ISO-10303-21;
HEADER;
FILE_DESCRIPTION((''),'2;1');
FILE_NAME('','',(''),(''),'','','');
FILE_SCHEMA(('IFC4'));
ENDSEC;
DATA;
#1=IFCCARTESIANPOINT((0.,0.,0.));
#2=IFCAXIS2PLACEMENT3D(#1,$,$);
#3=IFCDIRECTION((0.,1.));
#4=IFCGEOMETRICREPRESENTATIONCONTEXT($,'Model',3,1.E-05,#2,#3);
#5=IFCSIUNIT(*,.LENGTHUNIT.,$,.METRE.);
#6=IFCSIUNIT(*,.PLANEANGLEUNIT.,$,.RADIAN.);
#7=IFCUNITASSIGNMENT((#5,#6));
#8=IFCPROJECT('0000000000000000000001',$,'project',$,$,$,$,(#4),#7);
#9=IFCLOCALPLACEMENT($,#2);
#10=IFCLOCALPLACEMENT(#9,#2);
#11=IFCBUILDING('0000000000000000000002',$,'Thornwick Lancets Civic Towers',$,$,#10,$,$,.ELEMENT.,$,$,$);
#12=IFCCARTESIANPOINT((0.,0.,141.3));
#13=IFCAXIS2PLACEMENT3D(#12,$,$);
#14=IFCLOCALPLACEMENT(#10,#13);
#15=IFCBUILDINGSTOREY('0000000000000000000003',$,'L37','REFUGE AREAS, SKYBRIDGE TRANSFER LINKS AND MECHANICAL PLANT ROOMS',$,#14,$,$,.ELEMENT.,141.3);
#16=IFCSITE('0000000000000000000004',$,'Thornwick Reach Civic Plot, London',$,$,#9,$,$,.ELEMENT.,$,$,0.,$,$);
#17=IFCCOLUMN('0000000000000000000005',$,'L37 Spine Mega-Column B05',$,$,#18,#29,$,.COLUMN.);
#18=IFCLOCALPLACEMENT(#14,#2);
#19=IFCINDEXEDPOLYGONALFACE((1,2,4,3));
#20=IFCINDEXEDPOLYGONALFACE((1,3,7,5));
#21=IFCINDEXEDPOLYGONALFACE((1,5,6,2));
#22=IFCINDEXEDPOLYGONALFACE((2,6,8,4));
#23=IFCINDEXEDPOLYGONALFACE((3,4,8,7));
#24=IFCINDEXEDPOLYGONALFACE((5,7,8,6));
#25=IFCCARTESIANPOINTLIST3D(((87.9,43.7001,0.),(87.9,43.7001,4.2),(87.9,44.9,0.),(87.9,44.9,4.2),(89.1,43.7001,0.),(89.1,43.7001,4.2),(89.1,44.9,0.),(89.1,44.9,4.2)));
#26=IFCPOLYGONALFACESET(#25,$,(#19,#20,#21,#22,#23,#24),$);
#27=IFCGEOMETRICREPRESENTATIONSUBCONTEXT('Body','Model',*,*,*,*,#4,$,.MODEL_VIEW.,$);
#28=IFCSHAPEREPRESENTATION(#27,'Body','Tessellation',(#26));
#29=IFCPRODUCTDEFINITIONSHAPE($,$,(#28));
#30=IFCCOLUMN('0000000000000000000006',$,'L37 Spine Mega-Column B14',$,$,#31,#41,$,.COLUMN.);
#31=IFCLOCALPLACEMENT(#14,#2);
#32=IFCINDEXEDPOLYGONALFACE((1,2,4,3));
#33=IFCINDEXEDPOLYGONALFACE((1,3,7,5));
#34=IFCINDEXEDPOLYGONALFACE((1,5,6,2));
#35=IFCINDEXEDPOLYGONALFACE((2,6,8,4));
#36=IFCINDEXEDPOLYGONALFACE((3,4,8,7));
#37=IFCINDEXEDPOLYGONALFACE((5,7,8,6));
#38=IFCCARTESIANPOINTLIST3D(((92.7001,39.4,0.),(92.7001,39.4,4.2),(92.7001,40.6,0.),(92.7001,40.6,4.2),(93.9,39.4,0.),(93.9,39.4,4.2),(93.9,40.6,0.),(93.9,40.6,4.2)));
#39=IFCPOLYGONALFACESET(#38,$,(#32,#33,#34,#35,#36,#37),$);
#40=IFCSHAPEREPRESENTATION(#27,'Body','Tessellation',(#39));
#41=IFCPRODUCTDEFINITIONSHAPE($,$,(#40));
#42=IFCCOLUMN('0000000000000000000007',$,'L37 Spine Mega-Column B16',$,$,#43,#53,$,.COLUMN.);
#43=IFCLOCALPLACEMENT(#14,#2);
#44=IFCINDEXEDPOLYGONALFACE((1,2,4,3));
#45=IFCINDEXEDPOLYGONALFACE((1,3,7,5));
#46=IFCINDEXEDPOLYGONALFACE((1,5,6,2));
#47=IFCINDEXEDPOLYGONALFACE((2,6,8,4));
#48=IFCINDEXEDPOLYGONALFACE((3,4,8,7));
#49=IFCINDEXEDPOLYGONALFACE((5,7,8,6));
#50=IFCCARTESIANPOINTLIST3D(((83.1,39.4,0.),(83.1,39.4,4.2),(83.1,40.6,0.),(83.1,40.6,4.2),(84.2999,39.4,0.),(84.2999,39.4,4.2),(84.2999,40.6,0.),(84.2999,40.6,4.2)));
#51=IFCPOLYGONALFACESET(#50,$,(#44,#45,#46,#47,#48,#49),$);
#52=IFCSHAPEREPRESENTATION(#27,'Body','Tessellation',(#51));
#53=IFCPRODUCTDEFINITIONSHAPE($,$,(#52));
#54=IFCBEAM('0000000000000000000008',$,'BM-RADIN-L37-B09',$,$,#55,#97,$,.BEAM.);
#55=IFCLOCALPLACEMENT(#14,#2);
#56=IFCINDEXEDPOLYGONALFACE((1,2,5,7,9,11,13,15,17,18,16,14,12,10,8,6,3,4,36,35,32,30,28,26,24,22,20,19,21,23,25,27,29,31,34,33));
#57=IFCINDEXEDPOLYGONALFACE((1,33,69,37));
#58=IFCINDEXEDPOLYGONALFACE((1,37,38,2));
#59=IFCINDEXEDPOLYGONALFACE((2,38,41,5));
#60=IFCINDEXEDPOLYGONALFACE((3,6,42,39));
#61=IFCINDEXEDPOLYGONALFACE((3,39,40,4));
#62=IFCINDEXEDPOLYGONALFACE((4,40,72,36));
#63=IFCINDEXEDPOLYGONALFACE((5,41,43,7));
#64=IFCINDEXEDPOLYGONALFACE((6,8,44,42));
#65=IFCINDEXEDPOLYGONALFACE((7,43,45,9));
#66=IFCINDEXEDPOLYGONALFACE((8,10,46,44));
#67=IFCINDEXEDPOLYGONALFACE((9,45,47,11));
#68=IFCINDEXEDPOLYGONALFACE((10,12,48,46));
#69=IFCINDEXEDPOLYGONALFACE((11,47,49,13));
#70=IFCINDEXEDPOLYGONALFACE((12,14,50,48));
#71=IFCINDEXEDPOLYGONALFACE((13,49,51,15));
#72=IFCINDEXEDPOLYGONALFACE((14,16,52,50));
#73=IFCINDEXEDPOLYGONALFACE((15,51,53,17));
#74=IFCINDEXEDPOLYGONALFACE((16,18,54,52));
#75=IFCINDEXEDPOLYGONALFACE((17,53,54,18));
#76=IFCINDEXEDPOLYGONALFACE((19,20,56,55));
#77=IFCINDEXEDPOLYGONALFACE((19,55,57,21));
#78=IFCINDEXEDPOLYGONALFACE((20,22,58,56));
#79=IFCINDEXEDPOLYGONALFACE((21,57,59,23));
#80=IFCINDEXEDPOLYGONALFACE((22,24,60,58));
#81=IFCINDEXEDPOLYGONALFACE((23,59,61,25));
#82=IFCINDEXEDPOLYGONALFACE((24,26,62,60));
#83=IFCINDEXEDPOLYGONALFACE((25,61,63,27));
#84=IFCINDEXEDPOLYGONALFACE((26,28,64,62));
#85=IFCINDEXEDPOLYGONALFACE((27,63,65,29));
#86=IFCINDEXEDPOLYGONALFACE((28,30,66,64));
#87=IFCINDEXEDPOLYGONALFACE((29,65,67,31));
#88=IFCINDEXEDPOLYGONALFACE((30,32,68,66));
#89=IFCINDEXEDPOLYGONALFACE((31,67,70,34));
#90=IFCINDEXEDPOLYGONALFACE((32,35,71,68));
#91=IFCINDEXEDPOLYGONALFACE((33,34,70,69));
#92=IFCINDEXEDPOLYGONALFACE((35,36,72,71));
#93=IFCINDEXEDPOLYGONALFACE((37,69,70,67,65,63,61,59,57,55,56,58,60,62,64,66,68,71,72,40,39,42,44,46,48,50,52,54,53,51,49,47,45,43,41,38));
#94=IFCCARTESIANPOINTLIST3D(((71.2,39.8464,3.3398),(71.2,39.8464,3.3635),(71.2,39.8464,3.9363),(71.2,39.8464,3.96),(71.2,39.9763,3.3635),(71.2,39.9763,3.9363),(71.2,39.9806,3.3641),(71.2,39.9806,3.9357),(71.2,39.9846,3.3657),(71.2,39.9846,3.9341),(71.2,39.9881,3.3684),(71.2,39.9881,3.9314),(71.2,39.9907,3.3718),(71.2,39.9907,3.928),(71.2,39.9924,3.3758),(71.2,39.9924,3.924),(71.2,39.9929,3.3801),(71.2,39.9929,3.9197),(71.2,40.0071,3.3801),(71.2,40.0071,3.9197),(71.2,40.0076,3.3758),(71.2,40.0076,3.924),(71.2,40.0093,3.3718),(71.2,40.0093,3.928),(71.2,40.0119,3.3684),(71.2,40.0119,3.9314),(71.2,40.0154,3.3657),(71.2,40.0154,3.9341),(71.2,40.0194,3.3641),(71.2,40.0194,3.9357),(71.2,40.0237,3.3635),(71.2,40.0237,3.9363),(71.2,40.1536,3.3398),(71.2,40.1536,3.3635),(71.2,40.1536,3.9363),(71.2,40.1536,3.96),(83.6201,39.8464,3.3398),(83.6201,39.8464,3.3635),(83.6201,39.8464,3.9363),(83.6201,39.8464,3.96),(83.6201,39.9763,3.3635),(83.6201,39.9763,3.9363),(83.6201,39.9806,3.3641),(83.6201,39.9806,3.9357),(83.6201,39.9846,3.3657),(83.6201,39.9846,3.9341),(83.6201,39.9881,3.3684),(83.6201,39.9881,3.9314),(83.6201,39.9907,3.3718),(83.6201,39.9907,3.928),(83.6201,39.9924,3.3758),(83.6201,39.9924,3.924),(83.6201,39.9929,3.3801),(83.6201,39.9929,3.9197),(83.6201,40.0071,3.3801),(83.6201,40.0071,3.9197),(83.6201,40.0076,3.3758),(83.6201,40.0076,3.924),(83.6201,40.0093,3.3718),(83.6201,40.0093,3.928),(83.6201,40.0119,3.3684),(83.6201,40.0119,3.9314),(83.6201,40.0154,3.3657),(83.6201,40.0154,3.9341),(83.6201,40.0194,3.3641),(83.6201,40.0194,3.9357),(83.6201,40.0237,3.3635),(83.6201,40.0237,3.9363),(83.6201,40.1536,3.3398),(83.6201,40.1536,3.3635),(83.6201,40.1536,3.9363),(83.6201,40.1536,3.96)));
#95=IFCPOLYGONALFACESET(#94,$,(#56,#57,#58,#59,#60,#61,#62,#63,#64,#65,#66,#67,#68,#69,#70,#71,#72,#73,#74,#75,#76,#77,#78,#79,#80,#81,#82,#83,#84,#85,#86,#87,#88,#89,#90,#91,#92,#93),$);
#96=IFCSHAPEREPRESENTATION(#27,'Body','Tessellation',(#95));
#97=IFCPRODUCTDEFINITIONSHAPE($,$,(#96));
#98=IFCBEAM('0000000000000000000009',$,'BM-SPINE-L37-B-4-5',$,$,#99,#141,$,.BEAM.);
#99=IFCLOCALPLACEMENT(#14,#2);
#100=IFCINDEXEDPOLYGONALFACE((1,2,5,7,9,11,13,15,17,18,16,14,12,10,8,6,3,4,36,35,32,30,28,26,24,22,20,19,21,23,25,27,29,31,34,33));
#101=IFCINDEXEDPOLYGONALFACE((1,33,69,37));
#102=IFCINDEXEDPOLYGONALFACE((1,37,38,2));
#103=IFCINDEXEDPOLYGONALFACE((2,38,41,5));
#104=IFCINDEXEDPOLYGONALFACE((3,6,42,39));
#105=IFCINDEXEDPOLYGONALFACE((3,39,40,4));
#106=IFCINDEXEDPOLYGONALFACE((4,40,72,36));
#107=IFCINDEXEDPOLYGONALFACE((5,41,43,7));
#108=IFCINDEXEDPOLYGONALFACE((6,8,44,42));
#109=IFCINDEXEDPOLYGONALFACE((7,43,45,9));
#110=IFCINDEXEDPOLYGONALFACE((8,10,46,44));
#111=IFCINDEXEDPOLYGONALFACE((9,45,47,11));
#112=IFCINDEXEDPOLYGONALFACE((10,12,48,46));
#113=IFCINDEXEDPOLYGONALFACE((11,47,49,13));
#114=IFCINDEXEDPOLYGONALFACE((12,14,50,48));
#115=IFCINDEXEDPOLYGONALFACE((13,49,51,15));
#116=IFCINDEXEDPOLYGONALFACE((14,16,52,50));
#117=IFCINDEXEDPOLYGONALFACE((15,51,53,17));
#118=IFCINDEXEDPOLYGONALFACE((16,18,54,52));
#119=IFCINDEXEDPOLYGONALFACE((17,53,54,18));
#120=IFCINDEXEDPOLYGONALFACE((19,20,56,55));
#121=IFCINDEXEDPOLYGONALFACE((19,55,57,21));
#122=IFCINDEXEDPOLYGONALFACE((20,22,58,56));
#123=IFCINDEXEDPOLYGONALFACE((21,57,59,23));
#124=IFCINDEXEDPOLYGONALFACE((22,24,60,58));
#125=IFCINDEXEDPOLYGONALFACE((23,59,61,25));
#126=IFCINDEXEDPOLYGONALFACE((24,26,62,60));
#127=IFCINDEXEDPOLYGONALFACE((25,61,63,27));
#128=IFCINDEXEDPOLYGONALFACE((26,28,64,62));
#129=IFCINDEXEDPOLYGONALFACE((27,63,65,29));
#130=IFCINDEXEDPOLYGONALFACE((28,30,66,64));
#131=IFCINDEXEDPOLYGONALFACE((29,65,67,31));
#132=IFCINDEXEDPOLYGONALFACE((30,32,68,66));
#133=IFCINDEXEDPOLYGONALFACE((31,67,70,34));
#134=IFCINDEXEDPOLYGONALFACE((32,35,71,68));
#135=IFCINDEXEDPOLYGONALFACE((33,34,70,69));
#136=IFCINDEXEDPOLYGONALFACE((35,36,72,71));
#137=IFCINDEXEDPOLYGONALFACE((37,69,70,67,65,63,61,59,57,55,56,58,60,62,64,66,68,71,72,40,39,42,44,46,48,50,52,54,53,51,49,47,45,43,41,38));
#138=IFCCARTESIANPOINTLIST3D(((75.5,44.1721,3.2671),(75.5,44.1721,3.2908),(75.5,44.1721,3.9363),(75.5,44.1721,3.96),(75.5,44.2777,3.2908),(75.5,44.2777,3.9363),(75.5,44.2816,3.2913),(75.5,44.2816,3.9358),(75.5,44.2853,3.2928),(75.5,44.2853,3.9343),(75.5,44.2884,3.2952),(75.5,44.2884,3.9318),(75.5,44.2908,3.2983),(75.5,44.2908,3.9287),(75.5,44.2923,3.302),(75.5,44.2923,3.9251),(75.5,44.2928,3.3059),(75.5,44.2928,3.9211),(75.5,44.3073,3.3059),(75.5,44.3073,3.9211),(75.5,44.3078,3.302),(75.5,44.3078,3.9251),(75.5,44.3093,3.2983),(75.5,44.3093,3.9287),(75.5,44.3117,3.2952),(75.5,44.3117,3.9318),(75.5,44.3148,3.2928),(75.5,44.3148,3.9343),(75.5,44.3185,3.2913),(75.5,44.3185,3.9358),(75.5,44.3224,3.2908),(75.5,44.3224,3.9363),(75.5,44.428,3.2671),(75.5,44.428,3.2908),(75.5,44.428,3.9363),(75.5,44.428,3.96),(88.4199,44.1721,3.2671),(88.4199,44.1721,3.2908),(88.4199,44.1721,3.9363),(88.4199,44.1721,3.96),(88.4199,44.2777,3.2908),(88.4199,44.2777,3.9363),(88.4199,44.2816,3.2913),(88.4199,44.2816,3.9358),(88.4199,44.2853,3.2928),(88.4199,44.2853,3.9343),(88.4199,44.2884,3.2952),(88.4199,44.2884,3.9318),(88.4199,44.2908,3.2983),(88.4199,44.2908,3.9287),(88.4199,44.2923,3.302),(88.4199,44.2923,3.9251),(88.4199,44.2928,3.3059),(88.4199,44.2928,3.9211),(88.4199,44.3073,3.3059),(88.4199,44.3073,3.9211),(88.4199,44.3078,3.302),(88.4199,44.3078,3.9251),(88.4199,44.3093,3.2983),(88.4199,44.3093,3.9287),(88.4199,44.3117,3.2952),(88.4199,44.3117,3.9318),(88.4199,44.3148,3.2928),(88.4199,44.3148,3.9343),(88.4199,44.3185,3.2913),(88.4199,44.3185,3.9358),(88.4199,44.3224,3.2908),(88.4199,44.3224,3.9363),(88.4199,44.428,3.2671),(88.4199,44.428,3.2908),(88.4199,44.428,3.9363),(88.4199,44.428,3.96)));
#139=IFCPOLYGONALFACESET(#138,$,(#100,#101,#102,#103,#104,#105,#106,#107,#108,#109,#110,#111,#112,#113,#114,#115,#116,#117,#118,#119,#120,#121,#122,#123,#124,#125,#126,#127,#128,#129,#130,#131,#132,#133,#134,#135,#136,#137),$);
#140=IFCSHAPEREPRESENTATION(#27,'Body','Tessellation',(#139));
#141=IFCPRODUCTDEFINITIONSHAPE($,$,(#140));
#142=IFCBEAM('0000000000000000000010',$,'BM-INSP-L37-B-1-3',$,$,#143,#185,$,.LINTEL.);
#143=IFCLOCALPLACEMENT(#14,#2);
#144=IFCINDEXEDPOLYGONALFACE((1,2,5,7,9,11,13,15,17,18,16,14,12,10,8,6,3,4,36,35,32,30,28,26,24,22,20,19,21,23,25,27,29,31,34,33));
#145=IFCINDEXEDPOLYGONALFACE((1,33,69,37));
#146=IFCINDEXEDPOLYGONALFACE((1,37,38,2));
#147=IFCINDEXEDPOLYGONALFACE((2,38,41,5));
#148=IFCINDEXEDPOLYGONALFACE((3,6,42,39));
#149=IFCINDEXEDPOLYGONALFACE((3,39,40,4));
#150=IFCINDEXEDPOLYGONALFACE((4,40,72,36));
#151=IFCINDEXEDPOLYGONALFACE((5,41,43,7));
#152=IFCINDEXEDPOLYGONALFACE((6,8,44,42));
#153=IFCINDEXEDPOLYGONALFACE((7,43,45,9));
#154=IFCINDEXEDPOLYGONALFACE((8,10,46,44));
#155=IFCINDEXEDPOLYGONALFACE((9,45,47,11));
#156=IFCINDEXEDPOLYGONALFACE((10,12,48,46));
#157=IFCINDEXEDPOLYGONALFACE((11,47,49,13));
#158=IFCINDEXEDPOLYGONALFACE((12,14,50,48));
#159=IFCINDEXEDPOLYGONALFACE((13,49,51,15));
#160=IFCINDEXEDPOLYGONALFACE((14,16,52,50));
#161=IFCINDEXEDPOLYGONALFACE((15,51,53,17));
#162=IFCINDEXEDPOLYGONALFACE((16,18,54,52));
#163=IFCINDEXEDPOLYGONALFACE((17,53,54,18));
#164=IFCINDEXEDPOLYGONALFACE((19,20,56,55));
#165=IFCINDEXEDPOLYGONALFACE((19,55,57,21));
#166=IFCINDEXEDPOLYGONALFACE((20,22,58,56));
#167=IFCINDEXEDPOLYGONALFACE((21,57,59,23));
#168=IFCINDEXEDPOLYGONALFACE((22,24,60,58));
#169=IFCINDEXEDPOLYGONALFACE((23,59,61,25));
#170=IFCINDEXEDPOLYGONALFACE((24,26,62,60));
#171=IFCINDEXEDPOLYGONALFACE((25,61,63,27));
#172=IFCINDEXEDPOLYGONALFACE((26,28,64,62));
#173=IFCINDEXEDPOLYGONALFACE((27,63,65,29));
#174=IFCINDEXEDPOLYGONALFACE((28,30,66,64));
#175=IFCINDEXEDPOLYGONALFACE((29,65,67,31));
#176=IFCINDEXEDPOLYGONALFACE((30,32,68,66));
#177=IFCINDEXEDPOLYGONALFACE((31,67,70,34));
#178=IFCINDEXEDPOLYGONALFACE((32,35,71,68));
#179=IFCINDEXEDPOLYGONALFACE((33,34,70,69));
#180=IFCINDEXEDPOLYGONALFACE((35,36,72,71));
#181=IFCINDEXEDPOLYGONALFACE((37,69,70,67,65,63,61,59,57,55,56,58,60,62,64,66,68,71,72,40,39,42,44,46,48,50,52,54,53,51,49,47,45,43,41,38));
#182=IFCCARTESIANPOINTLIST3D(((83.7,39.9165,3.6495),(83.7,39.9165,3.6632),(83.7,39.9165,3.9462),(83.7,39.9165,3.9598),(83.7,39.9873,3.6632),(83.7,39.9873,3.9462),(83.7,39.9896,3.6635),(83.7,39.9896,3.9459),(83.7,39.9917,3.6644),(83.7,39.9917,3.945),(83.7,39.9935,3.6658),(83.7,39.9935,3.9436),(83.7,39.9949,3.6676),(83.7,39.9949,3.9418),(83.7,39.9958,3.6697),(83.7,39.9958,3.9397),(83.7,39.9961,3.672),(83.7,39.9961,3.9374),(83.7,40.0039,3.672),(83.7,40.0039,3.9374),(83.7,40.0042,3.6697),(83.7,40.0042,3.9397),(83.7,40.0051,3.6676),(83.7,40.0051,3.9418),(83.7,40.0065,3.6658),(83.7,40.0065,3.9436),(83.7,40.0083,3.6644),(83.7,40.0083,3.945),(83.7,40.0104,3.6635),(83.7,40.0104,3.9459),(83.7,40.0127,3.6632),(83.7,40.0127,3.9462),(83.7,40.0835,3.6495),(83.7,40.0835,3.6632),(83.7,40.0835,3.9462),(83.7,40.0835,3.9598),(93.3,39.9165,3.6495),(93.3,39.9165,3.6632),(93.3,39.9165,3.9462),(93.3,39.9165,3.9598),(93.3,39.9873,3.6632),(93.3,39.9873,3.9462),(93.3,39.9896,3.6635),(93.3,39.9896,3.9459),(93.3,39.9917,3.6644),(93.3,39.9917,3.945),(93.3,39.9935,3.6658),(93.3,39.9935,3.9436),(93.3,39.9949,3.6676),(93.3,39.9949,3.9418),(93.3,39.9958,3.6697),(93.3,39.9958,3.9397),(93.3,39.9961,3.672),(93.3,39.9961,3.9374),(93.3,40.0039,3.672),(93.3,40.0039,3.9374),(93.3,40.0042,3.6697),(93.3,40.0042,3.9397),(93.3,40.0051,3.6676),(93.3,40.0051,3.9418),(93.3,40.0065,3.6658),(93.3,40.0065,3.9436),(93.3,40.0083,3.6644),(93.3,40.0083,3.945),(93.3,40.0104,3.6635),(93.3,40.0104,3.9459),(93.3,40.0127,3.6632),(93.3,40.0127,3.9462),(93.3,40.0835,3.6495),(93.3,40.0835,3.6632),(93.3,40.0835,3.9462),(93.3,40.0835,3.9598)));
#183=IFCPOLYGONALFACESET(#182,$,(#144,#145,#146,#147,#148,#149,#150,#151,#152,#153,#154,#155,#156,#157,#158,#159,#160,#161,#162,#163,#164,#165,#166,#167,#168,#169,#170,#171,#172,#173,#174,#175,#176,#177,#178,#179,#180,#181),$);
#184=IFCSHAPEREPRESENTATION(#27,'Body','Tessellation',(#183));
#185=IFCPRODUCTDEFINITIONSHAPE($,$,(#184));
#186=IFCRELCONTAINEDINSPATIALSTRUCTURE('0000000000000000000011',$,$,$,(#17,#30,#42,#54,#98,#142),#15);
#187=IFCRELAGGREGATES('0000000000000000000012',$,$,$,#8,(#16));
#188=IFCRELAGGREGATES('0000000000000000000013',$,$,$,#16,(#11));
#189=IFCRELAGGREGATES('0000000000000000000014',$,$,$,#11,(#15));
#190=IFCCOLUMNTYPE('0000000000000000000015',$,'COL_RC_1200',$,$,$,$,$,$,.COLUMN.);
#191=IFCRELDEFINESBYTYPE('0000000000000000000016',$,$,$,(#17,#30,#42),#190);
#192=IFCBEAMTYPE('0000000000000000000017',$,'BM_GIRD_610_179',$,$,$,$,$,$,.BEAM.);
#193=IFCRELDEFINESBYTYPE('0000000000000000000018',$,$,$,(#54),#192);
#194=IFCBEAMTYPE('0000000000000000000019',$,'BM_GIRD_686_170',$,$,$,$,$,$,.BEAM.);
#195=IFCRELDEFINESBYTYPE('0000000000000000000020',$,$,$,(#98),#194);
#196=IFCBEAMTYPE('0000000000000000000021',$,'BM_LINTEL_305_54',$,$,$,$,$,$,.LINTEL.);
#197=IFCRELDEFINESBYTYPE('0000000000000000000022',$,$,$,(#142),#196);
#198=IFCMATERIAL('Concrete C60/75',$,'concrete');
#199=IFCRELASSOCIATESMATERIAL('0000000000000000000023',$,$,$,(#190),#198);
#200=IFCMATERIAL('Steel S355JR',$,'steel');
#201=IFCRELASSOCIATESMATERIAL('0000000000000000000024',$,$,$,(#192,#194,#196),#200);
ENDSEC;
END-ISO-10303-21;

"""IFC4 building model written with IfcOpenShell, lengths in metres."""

from ifc_helpers import new_model, si_unit, direction, frame, origin, origin_2d, place, context, subcontext, project, spatial, rectangle, i_section, extrude, material, material_profile, profile_set, type_object, element, save


model = new_model("IFC4")

# Units and contexts
model_context = context("Model", 3, precision=1e-05, world=origin(), true_north=direction((0.0, 1.0)))
body_context = subcontext(model_context, "Body", "Model", "MODEL_VIEW")
ifc_project = project(units=[si_unit("LENGTHUNIT", "METRE"), si_unit("PLANEANGLEUNIT", "RADIAN")], contexts=[model_context])

# Site, building, storey
site_placement = place(None, origin())
site = spatial("IfcSite", under=ifc_project, at=site_placement, Name="Thornwick Reach Civic Plot, London", CompositionType="ELEMENT", RefElevation=0.0)
building_placement = place(site_placement, origin())
building = spatial("IfcBuilding", under=site, at=building_placement, Name="Thornwick Lancets Civic Towers", CompositionType="ELEMENT")
storey_placement = place(building_placement, frame((0.0, 0.0, 141.3)))
storey = spatial("IfcBuildingStorey", under=building, at=storey_placement, Name="L37", Description="REFUGE AREAS, SKYBRIDGE TRANSFER LINKS AND MECHANICAL PLANT ROOMS", CompositionType="ELEMENT", Elevation=141.3)

# Columns
ifc_material_1 = material(Name="Concrete C60/75", Category="concrete")
ifc_material_profile_1 = material_profile(ifc_material_1, rectangle(XDim=1.2, YDim=1.2, at=origin_2d()), Name="RC 1200x1200")
ifc_profile_set_1 = profile_set([ifc_material_profile_1], Name="Concrete C60/75")
column_type = type_object("IfcColumnType", Name="COL_RC_1200", PredefinedType="COLUMN", material=ifc_profile_set_1)
for number, where, z_axis, x_axis, name in (
    (1, (88.5, 44.3, 0.0), (0.0, 0.0, 1.0), (1.0, 0.0, 0.0), "L37 Spine Mega-Column B05"),
    (2, (93.3, 40.0, 0.0), (0.0, 0.0, 1.0), (1.0, 0.0, 0.0), "L37 Spine Mega-Column B14"),
    (3, (83.7, 40.0, 0.0), (0.0, 0.0, 1.0), (1.0, 0.0, 0.0), "L37 Spine Mega-Column B16"),
):
    element("IfcColumn", number, at=place(storey_placement, frame(where, z_axis=z_axis, x_axis=x_axis)), inside=storey, type_object=column_type, Name=name, PredefinedType="COLUMN", context=body_context, shape_type="SweptSolid", body=[
        extrude(rectangle(XDim=1.2, YDim=1.2, at=origin_2d()), origin(), (0.0, 0.0, 1.0), 4.2),
    ])

# Beams
ifc_material_2 = material(Name="Steel S355JR", Category="steel")
ifc_material_profile_2 = material_profile(ifc_material_2, i_section(OverallWidth=0.3071, OverallDepth=0.6201, WebThickness=0.0142, FlangeThickness=0.0237, FilletRadius=0.0166, at=origin_2d()), Name="UKB 610x305x179")
ifc_profile_set_2 = profile_set([ifc_material_profile_2], Name="Steel S355JR")
beam_type_1 = type_object("IfcBeamType", Name="BM_GIRD_610_179", PredefinedType="BEAM", material=ifc_profile_set_2)
beam_1_placement = place(storey_placement, frame((83.6201, 40.0, 3.6499), z_axis=(-1.0, 0.0, 0.0), x_axis=(0.0, -1.0, 0.0)))
element("IfcBeam", 4, at=beam_1_placement, inside=storey, type_object=beam_type_1, Name="BM-RADIN-L37-B09", PredefinedType="BEAM", context=body_context, shape_type="SweptSolid", body=[
    extrude(i_section(OverallWidth=0.3071, OverallDepth=0.6201, WebThickness=0.0142, FlangeThickness=0.0237, FilletRadius=0.0166, at=origin_2d()), origin(), (0.0, 0.0, 1.0), 12.4202),
])
ifc_material_profile_3 = material_profile(ifc_material_2, i_section(OverallWidth=0.2559, OverallDepth=0.6929, WebThickness=0.0144, FlangeThickness=0.0237, FilletRadius=0.0151, at=origin_2d()), Name="UKB 686x254x170")
ifc_profile_set_3 = profile_set([ifc_material_profile_3], Name="Steel S355JR")
beam_type_2 = type_object("IfcBeamType", Name="BM_GIRD_686_170", PredefinedType="BEAM", material=ifc_profile_set_3)
beam_2_placement = place(storey_placement, frame((88.4199, 44.3, 3.6135), z_axis=(-1.0, 0.0, 0.0), x_axis=(0.0, -1.0, 0.0)))
element("IfcBeam", 5, at=beam_2_placement, inside=storey, type_object=beam_type_2, Name="BM-SPINE-L37-B-4-5", PredefinedType="BEAM", context=body_context, shape_type="SweptSolid", body=[
    extrude(i_section(OverallWidth=0.2559, OverallDepth=0.6929, WebThickness=0.0144, FlangeThickness=0.0237, FilletRadius=0.0151, at=origin_2d()), origin(), (0.0, 0.0, 1.0), 12.9199),
])
ifc_material_profile_4 = material_profile(ifc_material_2, i_section(OverallWidth=0.167, OverallDepth=0.3103, WebThickness=0.0078, FlangeThickness=0.0137, FilletRadius=0.0088, at=origin_2d()), Name="UKB 305x165x54")
ifc_profile_set_4 = profile_set([ifc_material_profile_4], Name="Steel S355JR")
beam_type_3 = type_object("IfcBeamType", Name="BM_LINTEL_305_54", PredefinedType="LINTEL", material=ifc_profile_set_4)
beam_3_placement = place(storey_placement, frame((93.3, 40.0, 3.8047), z_axis=(-1.0, 0.0, 0.0), x_axis=(0.0, -1.0, 0.0)))
element("IfcBeam", 6, at=beam_3_placement, inside=storey, type_object=beam_type_3, Name="BM-INSP-L37-B-1-3", PredefinedType="LINTEL", context=body_context, shape_type="SweptSolid", body=[
    extrude(i_section(OverallWidth=0.167, OverallDepth=0.3103, WebThickness=0.0078, FlangeThickness=0.0137, FilletRadius=0.0088, at=origin_2d()), origin(), (0.0, 0.0, 1.0), 9.6001),
])

save(model, "model.ifc")
